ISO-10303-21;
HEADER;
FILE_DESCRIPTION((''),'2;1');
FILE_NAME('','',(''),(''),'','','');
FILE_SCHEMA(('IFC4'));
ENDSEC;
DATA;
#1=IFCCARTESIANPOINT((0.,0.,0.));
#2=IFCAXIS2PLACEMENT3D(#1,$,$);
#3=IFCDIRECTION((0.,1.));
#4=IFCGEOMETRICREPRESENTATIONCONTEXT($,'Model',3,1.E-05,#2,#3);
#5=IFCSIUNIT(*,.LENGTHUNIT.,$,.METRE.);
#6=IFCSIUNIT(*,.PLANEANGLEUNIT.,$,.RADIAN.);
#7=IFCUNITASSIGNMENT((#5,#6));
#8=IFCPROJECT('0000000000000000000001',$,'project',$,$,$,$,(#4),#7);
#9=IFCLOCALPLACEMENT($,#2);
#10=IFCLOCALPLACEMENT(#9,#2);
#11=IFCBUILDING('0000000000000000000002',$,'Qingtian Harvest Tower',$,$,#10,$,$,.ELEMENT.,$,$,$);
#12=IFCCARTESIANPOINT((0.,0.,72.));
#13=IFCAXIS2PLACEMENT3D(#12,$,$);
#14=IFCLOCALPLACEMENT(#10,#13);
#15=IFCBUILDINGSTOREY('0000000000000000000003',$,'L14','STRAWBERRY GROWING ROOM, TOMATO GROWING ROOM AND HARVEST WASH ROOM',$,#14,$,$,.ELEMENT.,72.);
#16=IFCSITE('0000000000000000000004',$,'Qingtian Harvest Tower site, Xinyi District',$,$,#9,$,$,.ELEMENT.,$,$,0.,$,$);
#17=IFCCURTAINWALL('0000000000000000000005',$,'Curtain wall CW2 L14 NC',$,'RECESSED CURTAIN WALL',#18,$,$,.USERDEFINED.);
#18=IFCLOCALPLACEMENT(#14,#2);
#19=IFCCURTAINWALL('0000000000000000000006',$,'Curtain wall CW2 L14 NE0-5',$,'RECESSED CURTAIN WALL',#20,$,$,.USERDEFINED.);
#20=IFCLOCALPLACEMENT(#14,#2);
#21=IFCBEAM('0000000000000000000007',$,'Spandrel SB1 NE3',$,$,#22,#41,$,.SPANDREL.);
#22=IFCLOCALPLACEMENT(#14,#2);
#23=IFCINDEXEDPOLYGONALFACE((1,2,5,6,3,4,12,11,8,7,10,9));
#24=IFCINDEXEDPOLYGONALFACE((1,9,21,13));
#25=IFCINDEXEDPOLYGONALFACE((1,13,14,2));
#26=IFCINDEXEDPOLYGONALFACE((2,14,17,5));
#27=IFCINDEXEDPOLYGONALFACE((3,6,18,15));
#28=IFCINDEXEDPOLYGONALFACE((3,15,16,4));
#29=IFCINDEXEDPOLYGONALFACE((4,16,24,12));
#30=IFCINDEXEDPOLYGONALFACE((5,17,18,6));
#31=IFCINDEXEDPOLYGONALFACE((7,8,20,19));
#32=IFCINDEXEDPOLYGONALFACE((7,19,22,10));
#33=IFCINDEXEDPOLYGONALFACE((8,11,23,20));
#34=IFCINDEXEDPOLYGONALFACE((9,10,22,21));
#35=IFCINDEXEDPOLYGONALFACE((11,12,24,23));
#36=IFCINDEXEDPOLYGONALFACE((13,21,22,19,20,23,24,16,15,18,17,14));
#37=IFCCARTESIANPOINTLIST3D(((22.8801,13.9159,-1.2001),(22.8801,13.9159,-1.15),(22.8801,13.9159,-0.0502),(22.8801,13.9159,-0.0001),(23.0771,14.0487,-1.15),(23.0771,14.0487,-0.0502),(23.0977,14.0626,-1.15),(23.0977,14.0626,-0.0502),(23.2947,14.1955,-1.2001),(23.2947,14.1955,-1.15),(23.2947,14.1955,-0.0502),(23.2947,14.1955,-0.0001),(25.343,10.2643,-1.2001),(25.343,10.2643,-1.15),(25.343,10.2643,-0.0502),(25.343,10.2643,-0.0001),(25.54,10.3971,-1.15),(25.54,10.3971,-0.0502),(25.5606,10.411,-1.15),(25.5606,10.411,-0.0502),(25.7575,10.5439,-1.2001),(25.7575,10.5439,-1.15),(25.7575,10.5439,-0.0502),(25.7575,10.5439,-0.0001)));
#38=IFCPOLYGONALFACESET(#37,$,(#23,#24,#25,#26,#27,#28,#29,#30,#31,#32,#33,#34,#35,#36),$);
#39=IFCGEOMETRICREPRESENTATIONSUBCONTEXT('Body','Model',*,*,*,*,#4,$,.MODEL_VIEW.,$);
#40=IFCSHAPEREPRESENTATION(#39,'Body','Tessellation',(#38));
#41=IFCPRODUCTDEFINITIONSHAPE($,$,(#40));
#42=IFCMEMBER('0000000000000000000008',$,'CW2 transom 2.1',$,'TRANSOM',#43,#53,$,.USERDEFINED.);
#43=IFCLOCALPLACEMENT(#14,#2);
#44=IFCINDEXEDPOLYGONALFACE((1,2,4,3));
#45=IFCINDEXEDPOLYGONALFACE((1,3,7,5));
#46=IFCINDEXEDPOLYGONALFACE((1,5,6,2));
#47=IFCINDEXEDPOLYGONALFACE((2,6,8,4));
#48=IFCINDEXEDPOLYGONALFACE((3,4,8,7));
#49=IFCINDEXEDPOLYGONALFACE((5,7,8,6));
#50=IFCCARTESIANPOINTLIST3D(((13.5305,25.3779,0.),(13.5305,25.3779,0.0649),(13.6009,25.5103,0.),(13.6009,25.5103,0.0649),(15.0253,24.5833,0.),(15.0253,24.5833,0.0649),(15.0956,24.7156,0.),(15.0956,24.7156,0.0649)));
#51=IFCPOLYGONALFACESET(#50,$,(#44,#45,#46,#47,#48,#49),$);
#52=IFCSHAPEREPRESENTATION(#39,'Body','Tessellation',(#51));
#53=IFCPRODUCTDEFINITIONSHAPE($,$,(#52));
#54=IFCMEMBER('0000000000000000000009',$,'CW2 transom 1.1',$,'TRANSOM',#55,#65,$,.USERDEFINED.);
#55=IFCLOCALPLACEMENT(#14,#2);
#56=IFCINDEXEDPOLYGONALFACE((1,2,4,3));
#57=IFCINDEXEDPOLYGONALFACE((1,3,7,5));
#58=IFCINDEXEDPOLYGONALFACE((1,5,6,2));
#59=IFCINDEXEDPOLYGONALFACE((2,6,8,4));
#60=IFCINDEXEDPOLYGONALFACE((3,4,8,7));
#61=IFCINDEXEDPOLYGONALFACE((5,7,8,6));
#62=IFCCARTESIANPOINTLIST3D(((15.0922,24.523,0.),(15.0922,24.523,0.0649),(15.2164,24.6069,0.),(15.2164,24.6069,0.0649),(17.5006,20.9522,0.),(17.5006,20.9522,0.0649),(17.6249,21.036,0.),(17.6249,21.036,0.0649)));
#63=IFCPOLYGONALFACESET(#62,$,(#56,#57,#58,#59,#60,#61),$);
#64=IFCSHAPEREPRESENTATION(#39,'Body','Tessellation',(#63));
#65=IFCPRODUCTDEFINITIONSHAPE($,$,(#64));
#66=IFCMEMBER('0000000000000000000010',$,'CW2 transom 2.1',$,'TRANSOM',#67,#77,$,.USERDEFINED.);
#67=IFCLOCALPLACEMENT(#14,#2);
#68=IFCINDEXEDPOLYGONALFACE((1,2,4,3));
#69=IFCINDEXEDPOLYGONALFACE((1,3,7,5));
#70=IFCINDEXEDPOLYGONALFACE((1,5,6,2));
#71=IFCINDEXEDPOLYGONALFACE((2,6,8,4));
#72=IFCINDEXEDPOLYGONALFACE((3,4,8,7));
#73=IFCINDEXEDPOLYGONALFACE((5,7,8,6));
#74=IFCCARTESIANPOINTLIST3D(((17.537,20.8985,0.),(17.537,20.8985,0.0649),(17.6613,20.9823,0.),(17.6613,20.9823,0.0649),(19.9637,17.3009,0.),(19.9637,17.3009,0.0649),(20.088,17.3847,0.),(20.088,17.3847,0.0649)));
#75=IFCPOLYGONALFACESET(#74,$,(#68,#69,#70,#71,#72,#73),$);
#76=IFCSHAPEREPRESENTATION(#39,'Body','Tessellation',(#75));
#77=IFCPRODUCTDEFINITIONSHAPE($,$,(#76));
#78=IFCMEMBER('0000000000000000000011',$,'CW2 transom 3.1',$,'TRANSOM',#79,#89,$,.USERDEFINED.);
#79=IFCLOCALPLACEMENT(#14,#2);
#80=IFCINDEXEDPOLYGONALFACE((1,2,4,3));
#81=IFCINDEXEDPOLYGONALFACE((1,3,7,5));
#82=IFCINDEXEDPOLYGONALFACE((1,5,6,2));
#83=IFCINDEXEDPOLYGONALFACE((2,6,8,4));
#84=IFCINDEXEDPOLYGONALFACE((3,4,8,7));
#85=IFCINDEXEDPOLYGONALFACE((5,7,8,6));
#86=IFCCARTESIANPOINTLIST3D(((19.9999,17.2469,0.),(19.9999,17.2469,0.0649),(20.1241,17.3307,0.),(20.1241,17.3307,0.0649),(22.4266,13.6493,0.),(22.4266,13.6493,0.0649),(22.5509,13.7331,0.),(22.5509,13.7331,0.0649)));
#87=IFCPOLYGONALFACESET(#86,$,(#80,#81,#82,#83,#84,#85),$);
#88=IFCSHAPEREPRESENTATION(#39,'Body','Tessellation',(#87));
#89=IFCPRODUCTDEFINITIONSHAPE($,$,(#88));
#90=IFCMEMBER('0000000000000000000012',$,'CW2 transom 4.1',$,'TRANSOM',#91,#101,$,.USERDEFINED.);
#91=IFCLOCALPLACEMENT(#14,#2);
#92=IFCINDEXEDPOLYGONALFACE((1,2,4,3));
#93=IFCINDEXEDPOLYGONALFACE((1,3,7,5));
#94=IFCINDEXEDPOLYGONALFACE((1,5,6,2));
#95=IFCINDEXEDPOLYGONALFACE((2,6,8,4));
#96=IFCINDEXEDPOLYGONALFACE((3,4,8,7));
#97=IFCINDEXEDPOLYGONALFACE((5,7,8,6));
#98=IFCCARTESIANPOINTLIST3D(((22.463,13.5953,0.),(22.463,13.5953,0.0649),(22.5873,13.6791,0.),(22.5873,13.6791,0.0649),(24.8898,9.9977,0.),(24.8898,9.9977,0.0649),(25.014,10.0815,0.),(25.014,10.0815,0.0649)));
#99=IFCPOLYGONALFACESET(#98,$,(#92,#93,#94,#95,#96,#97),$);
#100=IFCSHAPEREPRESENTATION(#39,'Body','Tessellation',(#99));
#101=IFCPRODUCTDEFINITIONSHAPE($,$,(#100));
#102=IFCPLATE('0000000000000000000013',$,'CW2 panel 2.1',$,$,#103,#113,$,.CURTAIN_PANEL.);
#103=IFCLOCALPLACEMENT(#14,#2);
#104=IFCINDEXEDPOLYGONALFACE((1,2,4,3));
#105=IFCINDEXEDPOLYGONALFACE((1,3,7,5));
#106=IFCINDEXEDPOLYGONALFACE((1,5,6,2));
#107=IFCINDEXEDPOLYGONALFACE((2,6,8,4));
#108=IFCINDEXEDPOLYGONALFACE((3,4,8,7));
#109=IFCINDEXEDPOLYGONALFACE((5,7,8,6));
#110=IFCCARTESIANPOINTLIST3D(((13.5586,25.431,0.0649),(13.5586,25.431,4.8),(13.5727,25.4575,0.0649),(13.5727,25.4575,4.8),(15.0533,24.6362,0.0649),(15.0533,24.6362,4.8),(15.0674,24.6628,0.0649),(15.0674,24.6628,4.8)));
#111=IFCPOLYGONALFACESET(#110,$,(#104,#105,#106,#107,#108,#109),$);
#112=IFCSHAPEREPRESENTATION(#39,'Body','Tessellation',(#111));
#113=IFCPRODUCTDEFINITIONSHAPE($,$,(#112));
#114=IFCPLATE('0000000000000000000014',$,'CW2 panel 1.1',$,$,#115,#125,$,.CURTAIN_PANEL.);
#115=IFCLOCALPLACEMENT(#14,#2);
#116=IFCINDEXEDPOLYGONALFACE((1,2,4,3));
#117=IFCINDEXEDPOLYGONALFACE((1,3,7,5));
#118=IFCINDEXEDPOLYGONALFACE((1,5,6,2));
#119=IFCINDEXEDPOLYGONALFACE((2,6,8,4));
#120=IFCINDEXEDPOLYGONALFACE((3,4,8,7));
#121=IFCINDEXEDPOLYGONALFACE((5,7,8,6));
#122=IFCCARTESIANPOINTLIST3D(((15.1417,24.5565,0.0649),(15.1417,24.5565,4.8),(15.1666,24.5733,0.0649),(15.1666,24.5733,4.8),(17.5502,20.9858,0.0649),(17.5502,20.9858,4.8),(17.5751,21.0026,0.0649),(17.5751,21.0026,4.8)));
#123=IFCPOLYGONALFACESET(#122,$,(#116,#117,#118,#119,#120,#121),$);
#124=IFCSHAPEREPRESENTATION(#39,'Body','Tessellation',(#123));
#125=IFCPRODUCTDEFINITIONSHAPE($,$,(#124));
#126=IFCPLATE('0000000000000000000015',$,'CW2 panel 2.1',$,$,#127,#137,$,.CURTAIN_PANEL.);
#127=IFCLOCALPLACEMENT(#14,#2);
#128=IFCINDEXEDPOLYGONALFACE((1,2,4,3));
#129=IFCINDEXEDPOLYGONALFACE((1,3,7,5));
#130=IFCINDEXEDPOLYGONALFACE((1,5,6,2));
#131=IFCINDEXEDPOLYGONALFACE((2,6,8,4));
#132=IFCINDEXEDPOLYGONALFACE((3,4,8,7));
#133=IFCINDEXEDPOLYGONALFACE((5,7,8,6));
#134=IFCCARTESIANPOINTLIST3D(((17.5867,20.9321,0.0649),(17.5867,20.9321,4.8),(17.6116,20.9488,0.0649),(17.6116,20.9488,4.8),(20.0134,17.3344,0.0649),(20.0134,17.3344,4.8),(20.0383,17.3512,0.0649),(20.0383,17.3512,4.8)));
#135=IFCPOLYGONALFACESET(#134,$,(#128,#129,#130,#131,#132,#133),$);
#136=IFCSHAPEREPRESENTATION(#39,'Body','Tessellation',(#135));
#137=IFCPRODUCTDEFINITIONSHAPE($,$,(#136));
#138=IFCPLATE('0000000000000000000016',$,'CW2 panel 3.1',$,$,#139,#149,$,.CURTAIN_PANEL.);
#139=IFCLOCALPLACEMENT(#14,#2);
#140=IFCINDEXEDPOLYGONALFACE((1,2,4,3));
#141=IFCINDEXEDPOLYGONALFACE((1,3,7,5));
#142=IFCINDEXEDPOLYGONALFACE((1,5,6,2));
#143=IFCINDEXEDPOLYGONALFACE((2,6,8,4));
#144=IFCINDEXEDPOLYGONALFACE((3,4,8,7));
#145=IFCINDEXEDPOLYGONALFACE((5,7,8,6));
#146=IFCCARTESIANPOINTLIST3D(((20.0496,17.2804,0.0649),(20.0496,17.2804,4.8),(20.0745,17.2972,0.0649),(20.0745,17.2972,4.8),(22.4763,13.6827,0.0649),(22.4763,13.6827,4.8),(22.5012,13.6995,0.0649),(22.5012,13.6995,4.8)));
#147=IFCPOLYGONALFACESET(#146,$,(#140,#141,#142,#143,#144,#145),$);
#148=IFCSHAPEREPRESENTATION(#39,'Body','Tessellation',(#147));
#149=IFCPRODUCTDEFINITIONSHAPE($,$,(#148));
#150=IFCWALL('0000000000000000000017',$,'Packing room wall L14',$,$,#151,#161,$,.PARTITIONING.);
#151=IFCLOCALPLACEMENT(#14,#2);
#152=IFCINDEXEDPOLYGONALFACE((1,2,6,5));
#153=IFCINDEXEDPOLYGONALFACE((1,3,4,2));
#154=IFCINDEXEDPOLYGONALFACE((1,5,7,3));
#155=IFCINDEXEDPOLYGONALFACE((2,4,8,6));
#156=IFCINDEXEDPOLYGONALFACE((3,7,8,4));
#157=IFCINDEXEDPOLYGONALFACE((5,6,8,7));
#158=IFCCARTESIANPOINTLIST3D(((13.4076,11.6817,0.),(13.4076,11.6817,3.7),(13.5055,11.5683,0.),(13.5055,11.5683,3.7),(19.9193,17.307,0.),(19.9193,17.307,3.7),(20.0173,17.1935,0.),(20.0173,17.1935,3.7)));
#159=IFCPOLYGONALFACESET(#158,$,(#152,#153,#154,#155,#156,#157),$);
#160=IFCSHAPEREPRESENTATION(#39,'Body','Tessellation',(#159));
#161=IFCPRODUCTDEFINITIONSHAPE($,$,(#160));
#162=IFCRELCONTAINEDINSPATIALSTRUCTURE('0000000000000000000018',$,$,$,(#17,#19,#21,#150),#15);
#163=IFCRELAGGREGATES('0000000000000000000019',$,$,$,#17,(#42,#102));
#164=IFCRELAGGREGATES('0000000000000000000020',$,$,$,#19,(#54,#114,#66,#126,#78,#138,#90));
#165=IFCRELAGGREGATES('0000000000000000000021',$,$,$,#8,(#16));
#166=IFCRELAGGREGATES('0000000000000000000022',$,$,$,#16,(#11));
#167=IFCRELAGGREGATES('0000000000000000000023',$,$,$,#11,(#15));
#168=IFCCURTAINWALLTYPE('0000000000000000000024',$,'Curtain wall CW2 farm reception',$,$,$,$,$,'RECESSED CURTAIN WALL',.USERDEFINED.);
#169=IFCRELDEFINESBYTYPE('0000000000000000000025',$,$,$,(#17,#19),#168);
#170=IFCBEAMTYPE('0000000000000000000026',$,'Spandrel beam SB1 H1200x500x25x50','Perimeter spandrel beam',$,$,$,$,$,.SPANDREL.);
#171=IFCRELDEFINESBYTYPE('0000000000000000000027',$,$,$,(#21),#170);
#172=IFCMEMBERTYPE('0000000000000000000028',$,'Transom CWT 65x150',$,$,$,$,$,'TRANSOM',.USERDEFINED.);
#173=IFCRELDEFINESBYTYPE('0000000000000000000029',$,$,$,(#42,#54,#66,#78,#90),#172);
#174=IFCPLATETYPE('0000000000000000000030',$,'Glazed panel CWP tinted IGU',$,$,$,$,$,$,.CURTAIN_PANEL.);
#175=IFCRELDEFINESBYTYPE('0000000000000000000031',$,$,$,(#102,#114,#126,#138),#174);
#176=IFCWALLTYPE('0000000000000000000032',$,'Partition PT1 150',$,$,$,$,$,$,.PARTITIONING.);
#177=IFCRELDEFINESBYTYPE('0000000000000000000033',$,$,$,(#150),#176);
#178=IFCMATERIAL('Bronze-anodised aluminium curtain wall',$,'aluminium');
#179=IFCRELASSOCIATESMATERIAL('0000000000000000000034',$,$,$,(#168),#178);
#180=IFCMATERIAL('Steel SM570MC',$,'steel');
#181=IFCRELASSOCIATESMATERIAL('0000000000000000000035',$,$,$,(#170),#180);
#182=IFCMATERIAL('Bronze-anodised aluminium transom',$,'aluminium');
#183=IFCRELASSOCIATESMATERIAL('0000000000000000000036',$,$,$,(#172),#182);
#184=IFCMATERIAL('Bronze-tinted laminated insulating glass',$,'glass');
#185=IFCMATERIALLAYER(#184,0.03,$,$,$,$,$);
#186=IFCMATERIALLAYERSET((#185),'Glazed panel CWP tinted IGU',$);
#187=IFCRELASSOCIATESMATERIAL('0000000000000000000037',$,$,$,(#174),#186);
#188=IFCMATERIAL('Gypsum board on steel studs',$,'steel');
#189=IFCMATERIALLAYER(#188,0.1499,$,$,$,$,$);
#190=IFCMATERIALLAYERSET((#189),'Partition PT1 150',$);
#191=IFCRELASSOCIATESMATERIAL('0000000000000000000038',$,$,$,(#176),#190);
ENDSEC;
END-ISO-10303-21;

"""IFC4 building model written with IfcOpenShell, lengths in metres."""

from ifc_helpers import new_model, si_unit, direction, frame, frame_2d, origin, origin_2d, place, context, subcontext, project, spatial, rectangle, i_section, extrude, material, layer, layer_set, material_profile, profile_set, type_object, element, aggregate, save


model = new_model("IFC4")

# Units and contexts
model_context = context("Model", 3, precision=1e-05, world=origin(), true_north=direction((0.0, 1.0)))
body_context = subcontext(model_context, "Body", "Model", "MODEL_VIEW")
ifc_project = project(units=[si_unit("LENGTHUNIT", "METRE"), si_unit("PLANEANGLEUNIT", "RADIAN")], contexts=[model_context])

# Site, building, storey
site_placement = place(None, origin())
site = spatial("IfcSite", under=ifc_project, at=site_placement, Name="Qingtian Harvest Tower site, Xinyi District", CompositionType="ELEMENT", RefElevation=0.0)
building_placement = place(site_placement, origin())
building = spatial("IfcBuilding", under=site, at=building_placement, Name="Qingtian Harvest Tower", CompositionType="ELEMENT")
storey_placement = place(building_placement, frame((0.0, 0.0, 72.0)))
storey = spatial("IfcBuildingStorey", under=building, at=storey_placement, Name="L14", Description="STRAWBERRY GROWING ROOM, TOMATO GROWING ROOM AND HARVEST WASH ROOM", CompositionType="ELEMENT", Elevation=72.0)

# Curtain wall
ifc_material_1 = material(Name="Bronze-anodised aluminium curtain wall", Category="aluminium")
curtain_wall_type = type_object("IfcCurtainWallType", Name="Curtain wall CW2 farm reception", ElementType="RECESSED CURTAIN WALL", PredefinedType="USERDEFINED", material=ifc_material_1)
curtain_wall_1_placement = place(storey_placement, origin())
curtain_wall_1 = element("IfcCurtainWall", 1, at=curtain_wall_1_placement, inside=storey, type_object=curtain_wall_type, Name="Curtain wall CW2 L14 NC", ObjectType="RECESSED CURTAIN WALL", PredefinedType="USERDEFINED")

# Curtain wall
curtain_wall_2_placement = place(storey_placement, origin())
curtain_wall_2 = element("IfcCurtainWall", 2, at=curtain_wall_2_placement, inside=storey, type_object=curtain_wall_type, Name="Curtain wall CW2 L14 NE0-5", ObjectType="RECESSED CURTAIN WALL", PredefinedType="USERDEFINED")

# Beam
ifc_material_2 = material(Name="Steel SM570MC", Category="steel")
ifc_material_profile_1 = material_profile(ifc_material_2, i_section(OverallWidth=0.5, OverallDepth=1.2, WebThickness=0.0249, FlangeThickness=0.05, at=origin_2d()), Name="H1200x500x25x50")
ifc_profile_set_1 = profile_set([ifc_material_profile_1], Name="Steel SM570MC")
beam_type_1 = type_object("IfcBeamType", Name="Spandrel beam SB1 H1200x500x25x50", Description="Perimeter spandrel beam", PredefinedType="SPANDREL", material=ifc_profile_set_1)
for number, where, z_axis, x_axis, name in (
    (3, (23.0874, 14.0557, -0.6001), (0.559169, -0.829054, 0.0), (0.829054, 0.559169, 0.0), "Spandrel SB1 NE3"),
):
    element("IfcBeam", number, at=place(storey_placement, frame(where, z_axis=z_axis, x_axis=x_axis)), inside=storey, type_object=beam_type_1, Name=name, PredefinedType="SPANDREL", context=body_context, shape_type="SweptSolid", body=[
        extrude(i_section(OverallWidth=0.5, OverallDepth=1.2, WebThickness=0.0249, FlangeThickness=0.05, at=origin_2d()), origin(), (0.0, 0.0, 1.0), 4.4045),
    ])

# Members
ifc_material_3 = material(Name="Bronze-anodised aluminium transom", Category="aluminium")
ifc_material_profile_2 = material_profile(ifc_material_3, rectangle(XDim=0.1499, YDim=0.0649, at=origin_2d()), Name="AL 65x150")
ifc_profile_set_2 = profile_set([ifc_material_profile_2], Name="Bronze-anodised aluminium transom")
member_type_1 = type_object("IfcMemberType", Name="Transom CWT 65x150", ElementType="TRANSOM", PredefinedType="USERDEFINED", material=ifc_profile_set_2)
member_1_placement = place(storey_placement, frame((13.5657, 25.4441, 0.0325), z_axis=(0.882987, -0.469398, 0.0), x_axis=(0.469398, 0.882987, 0.0)))
member_1 = element("IfcMember", 4, at=member_1_placement, type_object=member_type_1, Name="CW2 transom 2.1", ObjectType="TRANSOM", PredefinedType="USERDEFINED", context=body_context, shape_type="SweptSolid", body=[
    extrude(rectangle(XDim=0.1499, YDim=0.0649, at=origin_2d()), origin(), (0.0, 0.0, 1.0), 1.6929),
])
member_2_placement = place(storey_placement, frame((15.1543, 24.5649, 0.0325), z_axis=(0.559179, -0.829047, 0.0), x_axis=(0.829047, 0.559179, 0.0)))
member_2 = element("IfcMember", 5, at=member_2_placement, type_object=member_type_1, Name="CW2 transom 1.1", ObjectType="TRANSOM", PredefinedType="USERDEFINED", context=body_context, shape_type="SweptSolid", body=[
    extrude(rectangle(XDim=0.1499, YDim=0.0649, at=origin_2d()), origin(), (0.0, 0.0, 1.0), 4.3071),
])
member_3_placement = place(storey_placement, frame((17.5991, 20.9404, 0.0325), z_axis=(0.55921, -0.829026, 0.0), x_axis=(0.829026, 0.55921, 0.0)))
member_3 = element("IfcMember", 6, at=member_3_placement, type_object=member_type_1, Name="CW2 transom 2.1", ObjectType="TRANSOM", PredefinedType="USERDEFINED", context=body_context, shape_type="SweptSolid", body=[
    extrude(rectangle(XDim=0.1499, YDim=0.0649, at=origin_2d()), origin(), (0.0, 0.0, 1.0), 4.3396),
])
member_4_placement = place(storey_placement, frame((20.062, 17.2888, 0.0325), z_axis=(0.55921, -0.829026, 0.0), x_axis=(0.829026, 0.55921, 0.0)))
member_4 = element("IfcMember", 7, at=member_4_placement, type_object=member_type_1, Name="CW2 transom 3.1", ObjectType="TRANSOM", PredefinedType="USERDEFINED", context=body_context, shape_type="SweptSolid", body=[
    extrude(rectangle(XDim=0.1499, YDim=0.0649, at=origin_2d()), origin(), (0.0, 0.0, 1.0), 4.3396),
])
member_5_placement = place(storey_placement, frame((22.5251, 13.6372, 0.0325), z_axis=(0.55921, -0.829026, 0.0), x_axis=(0.829026, 0.55921, 0.0)))
member_5 = element("IfcMember", 8, at=member_5_placement, type_object=member_type_1, Name="CW2 transom 4.1", ObjectType="TRANSOM", PredefinedType="USERDEFINED", context=body_context, shape_type="SweptSolid", body=[
    extrude(rectangle(XDim=0.1499, YDim=0.0649, at=origin_2d()), origin(), (0.0, 0.0, 1.0), 4.3396),
])

# Plates
ifc_material_4 = material(Name="Bronze-tinted laminated insulating glass", Category="glass")
ifc_layer_1 = layer(ifc_material_4, 0.03)
ifc_layer_set_1 = layer_set([ifc_layer_1], Name="Glazed panel CWP tinted IGU")
plate_type = type_object("IfcPlateType", Name="Glazed panel CWP tinted IGU", PredefinedType="CURTAIN_PANEL", material=ifc_layer_set_1)
plate_1_placement = place(storey_placement, frame((14.313, 25.0469, 0.0649), z_axis=(0.0, 0.0, 1.0), x_axis=(0.882948, -0.469472, 0.0)))
plate_1 = element("IfcPlate", 9, at=plate_1_placement, type_object=plate_type, Name="CW2 panel 2.1", PredefinedType="CURTAIN_PANEL", context=body_context, shape_type="SweptSolid", body=[
    extrude(rectangle(XDim=1.6929, YDim=0.03, at=origin_2d()), origin(), (0.0, 0.0, 1.0), 4.7351),
])
aggregate(curtain_wall_1, [member_1, plate_1])
plate_2_placement = place(storey_placement, frame((16.3584, 22.7795, 0.0649), z_axis=(0.0, 0.0, 1.0), x_axis=(0.559193, -0.829038, 0.0)))
plate_2 = element("IfcPlate", 10, at=plate_2_placement, type_object=plate_type, Name="CW2 panel 1.1", PredefinedType="CURTAIN_PANEL", context=body_context, shape_type="SweptSolid", body=[
    extrude(rectangle(XDim=4.3071, YDim=0.03, at=origin_2d()), origin(), (0.0, 0.0, 1.0), 4.7351),
])
plate_3_placement = place(storey_placement, frame((18.8125, 19.1416, 0.0649), z_axis=(0.0, 0.0, 1.0), x_axis=(0.559193, -0.829038, 0.0)))
plate_3 = element("IfcPlate", 11, at=plate_3_placement, type_object=plate_type, Name="CW2 panel 2.1", PredefinedType="CURTAIN_PANEL", context=body_context, shape_type="SweptSolid", body=[
    extrude(rectangle(XDim=4.3396, YDim=0.03, at=origin_2d()), origin(), (0.0, 0.0, 1.0), 4.7351),
])
plate_4_placement = place(storey_placement, frame((21.2754, 15.49, 0.0649), z_axis=(0.0, 0.0, 1.0), x_axis=(0.559193, -0.829038, 0.0)))
plate_4 = element("IfcPlate", 12, at=plate_4_placement, type_object=plate_type, Name="CW2 panel 3.1", PredefinedType="CURTAIN_PANEL", context=body_context, shape_type="SweptSolid", body=[
    extrude(rectangle(XDim=4.3396, YDim=0.03, at=origin_2d()), origin(), (0.0, 0.0, 1.0), 4.7351),
])
aggregate(curtain_wall_2, [member_2, plate_2, member_3, plate_3, member_4, plate_4, member_5])

# Wall
ifc_material_5 = material(Name="Gypsum board on steel studs", Category="steel")
ifc_layer_2 = layer(ifc_material_5, 0.1499)
ifc_layer_set_2 = layer_set([ifc_layer_2], Name="Partition PT1 150")
wall_type = type_object("IfcWallType", Name="Partition PT1 150", PredefinedType="PARTITIONING", material=ifc_layer_set_2)
wall_placement = place(storey_placement, frame((19.9683, 17.2502, 0.0), z_axis=(0.0, 0.0, 1.0), x_axis=(-0.756738, -0.653719, 0.0)))
element("IfcWall", 13, at=wall_placement, inside=storey, type_object=wall_type, Name="Packing room wall L14", PredefinedType="PARTITIONING", context=body_context, shape_type="SweptSolid", body=[
    extrude(rectangle(XDim=8.605, YDim=0.1499, at=frame_2d((4.3025, 0.0))), origin(), (0.0, 0.0, 1.0), 3.7),
])

save(model, "model.ifc")
